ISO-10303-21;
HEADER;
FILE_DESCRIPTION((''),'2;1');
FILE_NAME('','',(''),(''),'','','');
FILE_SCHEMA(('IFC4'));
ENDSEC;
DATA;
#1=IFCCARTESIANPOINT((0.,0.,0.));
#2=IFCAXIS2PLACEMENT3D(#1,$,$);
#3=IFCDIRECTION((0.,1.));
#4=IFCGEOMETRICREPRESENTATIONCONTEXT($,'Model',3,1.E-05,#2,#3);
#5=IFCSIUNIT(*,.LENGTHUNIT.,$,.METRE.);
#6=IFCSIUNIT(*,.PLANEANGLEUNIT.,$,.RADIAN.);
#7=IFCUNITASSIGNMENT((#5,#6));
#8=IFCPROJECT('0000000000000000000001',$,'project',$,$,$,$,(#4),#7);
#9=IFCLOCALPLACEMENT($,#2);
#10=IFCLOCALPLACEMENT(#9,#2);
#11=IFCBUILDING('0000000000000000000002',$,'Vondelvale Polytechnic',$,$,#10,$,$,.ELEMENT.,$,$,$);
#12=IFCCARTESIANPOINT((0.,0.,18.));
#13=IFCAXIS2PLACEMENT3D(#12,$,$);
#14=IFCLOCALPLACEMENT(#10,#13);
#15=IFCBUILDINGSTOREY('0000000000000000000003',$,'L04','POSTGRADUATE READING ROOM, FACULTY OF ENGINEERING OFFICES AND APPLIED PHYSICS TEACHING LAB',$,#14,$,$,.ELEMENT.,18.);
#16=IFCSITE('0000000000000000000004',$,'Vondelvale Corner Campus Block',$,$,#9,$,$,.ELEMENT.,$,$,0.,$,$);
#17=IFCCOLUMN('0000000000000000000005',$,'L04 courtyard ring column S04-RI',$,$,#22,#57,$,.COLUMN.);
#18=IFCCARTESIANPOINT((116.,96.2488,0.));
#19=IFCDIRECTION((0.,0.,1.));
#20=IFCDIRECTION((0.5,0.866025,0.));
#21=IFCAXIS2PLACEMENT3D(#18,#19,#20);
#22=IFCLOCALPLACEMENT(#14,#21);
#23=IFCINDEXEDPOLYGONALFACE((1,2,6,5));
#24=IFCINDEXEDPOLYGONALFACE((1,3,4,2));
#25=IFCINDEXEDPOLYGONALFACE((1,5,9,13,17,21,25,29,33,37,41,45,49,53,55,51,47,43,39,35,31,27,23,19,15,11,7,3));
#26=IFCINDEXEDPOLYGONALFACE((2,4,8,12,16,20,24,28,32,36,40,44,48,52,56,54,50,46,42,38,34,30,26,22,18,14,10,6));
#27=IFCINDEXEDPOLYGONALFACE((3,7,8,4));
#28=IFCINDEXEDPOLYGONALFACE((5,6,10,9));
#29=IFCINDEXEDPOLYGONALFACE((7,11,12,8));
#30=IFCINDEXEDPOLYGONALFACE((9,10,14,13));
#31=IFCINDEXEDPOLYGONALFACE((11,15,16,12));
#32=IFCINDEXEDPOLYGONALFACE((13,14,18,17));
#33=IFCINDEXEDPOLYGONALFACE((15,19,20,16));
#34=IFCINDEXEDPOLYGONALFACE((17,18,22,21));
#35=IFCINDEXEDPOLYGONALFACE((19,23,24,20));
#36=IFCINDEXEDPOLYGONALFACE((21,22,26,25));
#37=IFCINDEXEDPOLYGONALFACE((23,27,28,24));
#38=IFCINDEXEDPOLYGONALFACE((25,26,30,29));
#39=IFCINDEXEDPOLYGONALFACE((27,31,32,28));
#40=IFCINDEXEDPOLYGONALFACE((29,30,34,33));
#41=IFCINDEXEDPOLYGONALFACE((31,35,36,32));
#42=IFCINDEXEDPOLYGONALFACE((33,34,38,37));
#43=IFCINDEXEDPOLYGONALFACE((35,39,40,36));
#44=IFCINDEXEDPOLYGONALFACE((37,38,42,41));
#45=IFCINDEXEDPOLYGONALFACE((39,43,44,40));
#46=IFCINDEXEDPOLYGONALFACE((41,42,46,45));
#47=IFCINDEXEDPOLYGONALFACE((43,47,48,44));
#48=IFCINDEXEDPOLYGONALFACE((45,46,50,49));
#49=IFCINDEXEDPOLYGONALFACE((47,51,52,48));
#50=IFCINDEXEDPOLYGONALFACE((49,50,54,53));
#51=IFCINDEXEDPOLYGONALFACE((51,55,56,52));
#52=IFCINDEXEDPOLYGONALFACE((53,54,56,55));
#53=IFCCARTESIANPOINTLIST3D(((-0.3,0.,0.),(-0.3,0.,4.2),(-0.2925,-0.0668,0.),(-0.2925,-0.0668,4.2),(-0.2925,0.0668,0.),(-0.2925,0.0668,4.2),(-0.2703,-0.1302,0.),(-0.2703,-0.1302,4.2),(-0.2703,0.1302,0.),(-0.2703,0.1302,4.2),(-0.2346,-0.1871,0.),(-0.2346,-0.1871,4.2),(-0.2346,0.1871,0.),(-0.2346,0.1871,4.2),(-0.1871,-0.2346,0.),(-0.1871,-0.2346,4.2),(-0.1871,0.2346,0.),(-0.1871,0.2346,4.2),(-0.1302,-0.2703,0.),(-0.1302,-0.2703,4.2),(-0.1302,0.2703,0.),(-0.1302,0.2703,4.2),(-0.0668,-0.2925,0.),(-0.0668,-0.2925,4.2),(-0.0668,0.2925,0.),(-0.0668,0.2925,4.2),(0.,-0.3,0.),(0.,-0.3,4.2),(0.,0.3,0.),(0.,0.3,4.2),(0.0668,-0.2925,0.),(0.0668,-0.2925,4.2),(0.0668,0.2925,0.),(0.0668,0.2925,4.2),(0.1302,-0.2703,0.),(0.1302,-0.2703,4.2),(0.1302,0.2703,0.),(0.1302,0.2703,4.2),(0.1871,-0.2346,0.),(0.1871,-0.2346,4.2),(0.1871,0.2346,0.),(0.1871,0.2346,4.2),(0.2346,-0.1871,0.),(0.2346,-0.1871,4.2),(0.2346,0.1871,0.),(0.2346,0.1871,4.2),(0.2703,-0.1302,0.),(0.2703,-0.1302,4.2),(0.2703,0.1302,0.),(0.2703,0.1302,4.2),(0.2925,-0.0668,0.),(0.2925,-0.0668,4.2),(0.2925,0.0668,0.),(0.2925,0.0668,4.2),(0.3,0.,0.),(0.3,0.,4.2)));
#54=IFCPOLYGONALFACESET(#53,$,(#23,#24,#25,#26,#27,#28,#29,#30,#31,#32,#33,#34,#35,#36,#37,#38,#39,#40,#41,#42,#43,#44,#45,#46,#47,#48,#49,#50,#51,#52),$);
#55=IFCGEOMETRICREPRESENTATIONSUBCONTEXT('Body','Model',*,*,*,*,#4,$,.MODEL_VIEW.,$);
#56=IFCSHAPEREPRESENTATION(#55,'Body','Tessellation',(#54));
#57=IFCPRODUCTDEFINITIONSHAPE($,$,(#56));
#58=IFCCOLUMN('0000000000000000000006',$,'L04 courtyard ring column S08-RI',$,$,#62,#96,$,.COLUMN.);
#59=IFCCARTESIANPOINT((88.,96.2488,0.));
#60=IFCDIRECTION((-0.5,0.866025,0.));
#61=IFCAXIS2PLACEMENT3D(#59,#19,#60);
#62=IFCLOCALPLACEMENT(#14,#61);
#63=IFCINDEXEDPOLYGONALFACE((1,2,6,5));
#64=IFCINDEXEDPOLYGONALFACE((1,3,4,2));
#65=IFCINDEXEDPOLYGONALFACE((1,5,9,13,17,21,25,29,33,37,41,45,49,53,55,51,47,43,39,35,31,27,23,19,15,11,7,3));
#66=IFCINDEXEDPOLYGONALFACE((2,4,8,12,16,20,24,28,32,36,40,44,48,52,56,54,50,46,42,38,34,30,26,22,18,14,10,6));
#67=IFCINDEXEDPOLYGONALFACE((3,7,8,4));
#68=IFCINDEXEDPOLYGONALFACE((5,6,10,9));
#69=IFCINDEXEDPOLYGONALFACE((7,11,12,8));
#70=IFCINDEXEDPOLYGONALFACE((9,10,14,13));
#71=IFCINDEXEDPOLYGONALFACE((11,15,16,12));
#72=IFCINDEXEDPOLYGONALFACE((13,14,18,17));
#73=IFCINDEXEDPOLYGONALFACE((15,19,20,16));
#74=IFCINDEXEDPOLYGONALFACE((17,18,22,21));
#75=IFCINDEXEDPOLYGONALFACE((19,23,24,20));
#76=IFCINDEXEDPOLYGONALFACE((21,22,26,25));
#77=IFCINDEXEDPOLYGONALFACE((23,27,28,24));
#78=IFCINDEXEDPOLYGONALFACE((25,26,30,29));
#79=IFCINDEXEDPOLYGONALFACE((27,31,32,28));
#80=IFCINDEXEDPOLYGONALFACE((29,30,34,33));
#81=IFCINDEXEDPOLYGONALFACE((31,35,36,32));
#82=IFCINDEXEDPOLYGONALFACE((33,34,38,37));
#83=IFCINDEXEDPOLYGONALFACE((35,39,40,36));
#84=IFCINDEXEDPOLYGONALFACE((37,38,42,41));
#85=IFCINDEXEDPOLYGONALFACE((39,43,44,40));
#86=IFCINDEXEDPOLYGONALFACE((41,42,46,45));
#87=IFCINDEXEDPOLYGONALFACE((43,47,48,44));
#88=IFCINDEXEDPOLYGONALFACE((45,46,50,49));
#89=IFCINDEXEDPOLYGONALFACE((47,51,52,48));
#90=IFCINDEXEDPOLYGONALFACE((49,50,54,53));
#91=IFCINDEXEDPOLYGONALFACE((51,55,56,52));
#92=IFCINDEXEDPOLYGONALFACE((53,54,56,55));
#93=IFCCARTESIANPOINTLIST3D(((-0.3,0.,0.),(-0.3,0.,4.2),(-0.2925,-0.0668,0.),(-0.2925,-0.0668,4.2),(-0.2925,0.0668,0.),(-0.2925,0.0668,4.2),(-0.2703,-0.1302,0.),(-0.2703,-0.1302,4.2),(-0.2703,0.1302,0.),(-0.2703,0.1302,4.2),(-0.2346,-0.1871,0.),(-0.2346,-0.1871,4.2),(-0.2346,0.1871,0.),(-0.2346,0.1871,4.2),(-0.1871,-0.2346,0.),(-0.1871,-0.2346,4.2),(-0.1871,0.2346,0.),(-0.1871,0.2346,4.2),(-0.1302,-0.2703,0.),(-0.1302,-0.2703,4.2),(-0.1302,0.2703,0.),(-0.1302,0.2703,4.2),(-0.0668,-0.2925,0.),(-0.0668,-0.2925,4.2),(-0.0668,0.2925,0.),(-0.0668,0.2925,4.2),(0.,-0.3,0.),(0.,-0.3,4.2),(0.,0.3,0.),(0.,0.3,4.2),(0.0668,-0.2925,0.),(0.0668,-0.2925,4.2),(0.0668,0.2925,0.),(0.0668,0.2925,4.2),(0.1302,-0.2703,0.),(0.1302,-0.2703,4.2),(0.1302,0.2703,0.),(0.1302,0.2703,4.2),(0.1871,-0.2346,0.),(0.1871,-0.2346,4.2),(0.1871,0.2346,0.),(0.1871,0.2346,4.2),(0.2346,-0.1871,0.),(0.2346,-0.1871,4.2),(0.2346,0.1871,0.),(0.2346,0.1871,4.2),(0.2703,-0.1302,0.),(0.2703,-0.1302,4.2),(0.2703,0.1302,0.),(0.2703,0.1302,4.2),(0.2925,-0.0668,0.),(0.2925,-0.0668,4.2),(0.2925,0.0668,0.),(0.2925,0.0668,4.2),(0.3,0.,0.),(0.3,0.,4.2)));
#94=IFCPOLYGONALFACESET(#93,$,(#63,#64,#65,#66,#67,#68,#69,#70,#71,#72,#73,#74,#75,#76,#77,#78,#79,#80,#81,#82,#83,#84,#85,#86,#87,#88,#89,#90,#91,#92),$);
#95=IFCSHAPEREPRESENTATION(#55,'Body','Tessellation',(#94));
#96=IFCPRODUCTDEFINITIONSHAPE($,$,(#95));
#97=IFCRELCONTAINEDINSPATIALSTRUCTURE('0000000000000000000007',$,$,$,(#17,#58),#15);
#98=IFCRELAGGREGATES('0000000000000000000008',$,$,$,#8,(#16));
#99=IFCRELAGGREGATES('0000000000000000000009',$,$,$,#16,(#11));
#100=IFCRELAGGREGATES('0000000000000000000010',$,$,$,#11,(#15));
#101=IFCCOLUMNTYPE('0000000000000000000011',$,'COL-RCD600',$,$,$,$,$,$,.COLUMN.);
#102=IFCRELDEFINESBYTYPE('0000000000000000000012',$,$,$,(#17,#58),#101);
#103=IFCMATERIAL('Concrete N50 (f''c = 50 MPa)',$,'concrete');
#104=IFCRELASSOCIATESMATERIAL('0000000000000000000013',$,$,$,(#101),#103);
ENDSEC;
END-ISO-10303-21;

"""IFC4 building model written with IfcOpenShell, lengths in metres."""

from ifc_helpers import new_model, si_unit, direction, frame, origin, origin_2d, place, context, subcontext, project, spatial, circle, extrude, material, material_profile, profile_set, type_object, element, save


model = new_model("IFC4")

# Units and contexts
model_context = context("Model", 3, precision=1e-05, world=origin(), true_north=direction((0.0, 1.0)))
body_context = subcontext(model_context, "Body", "Model", "MODEL_VIEW")
ifc_project = project(units=[si_unit("LENGTHUNIT", "METRE"), si_unit("PLANEANGLEUNIT", "RADIAN")], contexts=[model_context])

# Site, building, storey
site_placement = place(None, origin())
site = spatial("IfcSite", under=ifc_project, at=site_placement, Name="Vondelvale Corner Campus Block", CompositionType="ELEMENT", RefElevation=0.0)
building_placement = place(site_placement, origin())
building = spatial("IfcBuilding", under=site, at=building_placement, Name="Vondelvale Polytechnic", CompositionType="ELEMENT")
storey_placement = place(building_placement, frame((0.0, 0.0, 18.0)))
storey = spatial("IfcBuildingStorey", under=building, at=storey_placement, Name="L04", Description="POSTGRADUATE READING ROOM, FACULTY OF ENGINEERING OFFICES AND APPLIED PHYSICS TEACHING LAB", CompositionType="ELEMENT", Elevation=18.0)

# Columns
ifc_material_1 = material(Name="Concrete N50 (f'c = 50 MPa)", Category="concrete")
ifc_material_profile_1 = material_profile(ifc_material_1, circle(Radius=0.3, at=origin_2d()), Name="RC-COL-D600")
ifc_profile_set_1 = profile_set([ifc_material_profile_1], Name="Concrete N50 (f'c = 50 MPa)")
column_type = type_object("IfcColumnType", Name="COL-RCD600", PredefinedType="COLUMN", material=ifc_profile_set_1)
for number, where, z_axis, x_axis, name in (
    (1, (116.0, 96.2488, 0.0), (0.0, 0.0, 1.0), (0.5, 0.866025, 0.0), "L04 courtyard ring column S04-RI"),
    (2, (88.0, 96.2488, 0.0), (0.0, 0.0, 1.0), (-0.5, 0.866025, 0.0), "L04 courtyard ring column S08-RI"),
):
    element("IfcColumn", number, at=place(storey_placement, frame(where, z_axis=z_axis, x_axis=x_axis)), inside=storey, type_object=column_type, Name=name, PredefinedType="COLUMN", context=body_context, shape_type="SweptSolid", body=[
        extrude(circle(Radius=0.3, at=origin_2d()), origin(), (0.0, 0.0, 1.0), 4.2),
    ])

save(model, "model.ifc")
